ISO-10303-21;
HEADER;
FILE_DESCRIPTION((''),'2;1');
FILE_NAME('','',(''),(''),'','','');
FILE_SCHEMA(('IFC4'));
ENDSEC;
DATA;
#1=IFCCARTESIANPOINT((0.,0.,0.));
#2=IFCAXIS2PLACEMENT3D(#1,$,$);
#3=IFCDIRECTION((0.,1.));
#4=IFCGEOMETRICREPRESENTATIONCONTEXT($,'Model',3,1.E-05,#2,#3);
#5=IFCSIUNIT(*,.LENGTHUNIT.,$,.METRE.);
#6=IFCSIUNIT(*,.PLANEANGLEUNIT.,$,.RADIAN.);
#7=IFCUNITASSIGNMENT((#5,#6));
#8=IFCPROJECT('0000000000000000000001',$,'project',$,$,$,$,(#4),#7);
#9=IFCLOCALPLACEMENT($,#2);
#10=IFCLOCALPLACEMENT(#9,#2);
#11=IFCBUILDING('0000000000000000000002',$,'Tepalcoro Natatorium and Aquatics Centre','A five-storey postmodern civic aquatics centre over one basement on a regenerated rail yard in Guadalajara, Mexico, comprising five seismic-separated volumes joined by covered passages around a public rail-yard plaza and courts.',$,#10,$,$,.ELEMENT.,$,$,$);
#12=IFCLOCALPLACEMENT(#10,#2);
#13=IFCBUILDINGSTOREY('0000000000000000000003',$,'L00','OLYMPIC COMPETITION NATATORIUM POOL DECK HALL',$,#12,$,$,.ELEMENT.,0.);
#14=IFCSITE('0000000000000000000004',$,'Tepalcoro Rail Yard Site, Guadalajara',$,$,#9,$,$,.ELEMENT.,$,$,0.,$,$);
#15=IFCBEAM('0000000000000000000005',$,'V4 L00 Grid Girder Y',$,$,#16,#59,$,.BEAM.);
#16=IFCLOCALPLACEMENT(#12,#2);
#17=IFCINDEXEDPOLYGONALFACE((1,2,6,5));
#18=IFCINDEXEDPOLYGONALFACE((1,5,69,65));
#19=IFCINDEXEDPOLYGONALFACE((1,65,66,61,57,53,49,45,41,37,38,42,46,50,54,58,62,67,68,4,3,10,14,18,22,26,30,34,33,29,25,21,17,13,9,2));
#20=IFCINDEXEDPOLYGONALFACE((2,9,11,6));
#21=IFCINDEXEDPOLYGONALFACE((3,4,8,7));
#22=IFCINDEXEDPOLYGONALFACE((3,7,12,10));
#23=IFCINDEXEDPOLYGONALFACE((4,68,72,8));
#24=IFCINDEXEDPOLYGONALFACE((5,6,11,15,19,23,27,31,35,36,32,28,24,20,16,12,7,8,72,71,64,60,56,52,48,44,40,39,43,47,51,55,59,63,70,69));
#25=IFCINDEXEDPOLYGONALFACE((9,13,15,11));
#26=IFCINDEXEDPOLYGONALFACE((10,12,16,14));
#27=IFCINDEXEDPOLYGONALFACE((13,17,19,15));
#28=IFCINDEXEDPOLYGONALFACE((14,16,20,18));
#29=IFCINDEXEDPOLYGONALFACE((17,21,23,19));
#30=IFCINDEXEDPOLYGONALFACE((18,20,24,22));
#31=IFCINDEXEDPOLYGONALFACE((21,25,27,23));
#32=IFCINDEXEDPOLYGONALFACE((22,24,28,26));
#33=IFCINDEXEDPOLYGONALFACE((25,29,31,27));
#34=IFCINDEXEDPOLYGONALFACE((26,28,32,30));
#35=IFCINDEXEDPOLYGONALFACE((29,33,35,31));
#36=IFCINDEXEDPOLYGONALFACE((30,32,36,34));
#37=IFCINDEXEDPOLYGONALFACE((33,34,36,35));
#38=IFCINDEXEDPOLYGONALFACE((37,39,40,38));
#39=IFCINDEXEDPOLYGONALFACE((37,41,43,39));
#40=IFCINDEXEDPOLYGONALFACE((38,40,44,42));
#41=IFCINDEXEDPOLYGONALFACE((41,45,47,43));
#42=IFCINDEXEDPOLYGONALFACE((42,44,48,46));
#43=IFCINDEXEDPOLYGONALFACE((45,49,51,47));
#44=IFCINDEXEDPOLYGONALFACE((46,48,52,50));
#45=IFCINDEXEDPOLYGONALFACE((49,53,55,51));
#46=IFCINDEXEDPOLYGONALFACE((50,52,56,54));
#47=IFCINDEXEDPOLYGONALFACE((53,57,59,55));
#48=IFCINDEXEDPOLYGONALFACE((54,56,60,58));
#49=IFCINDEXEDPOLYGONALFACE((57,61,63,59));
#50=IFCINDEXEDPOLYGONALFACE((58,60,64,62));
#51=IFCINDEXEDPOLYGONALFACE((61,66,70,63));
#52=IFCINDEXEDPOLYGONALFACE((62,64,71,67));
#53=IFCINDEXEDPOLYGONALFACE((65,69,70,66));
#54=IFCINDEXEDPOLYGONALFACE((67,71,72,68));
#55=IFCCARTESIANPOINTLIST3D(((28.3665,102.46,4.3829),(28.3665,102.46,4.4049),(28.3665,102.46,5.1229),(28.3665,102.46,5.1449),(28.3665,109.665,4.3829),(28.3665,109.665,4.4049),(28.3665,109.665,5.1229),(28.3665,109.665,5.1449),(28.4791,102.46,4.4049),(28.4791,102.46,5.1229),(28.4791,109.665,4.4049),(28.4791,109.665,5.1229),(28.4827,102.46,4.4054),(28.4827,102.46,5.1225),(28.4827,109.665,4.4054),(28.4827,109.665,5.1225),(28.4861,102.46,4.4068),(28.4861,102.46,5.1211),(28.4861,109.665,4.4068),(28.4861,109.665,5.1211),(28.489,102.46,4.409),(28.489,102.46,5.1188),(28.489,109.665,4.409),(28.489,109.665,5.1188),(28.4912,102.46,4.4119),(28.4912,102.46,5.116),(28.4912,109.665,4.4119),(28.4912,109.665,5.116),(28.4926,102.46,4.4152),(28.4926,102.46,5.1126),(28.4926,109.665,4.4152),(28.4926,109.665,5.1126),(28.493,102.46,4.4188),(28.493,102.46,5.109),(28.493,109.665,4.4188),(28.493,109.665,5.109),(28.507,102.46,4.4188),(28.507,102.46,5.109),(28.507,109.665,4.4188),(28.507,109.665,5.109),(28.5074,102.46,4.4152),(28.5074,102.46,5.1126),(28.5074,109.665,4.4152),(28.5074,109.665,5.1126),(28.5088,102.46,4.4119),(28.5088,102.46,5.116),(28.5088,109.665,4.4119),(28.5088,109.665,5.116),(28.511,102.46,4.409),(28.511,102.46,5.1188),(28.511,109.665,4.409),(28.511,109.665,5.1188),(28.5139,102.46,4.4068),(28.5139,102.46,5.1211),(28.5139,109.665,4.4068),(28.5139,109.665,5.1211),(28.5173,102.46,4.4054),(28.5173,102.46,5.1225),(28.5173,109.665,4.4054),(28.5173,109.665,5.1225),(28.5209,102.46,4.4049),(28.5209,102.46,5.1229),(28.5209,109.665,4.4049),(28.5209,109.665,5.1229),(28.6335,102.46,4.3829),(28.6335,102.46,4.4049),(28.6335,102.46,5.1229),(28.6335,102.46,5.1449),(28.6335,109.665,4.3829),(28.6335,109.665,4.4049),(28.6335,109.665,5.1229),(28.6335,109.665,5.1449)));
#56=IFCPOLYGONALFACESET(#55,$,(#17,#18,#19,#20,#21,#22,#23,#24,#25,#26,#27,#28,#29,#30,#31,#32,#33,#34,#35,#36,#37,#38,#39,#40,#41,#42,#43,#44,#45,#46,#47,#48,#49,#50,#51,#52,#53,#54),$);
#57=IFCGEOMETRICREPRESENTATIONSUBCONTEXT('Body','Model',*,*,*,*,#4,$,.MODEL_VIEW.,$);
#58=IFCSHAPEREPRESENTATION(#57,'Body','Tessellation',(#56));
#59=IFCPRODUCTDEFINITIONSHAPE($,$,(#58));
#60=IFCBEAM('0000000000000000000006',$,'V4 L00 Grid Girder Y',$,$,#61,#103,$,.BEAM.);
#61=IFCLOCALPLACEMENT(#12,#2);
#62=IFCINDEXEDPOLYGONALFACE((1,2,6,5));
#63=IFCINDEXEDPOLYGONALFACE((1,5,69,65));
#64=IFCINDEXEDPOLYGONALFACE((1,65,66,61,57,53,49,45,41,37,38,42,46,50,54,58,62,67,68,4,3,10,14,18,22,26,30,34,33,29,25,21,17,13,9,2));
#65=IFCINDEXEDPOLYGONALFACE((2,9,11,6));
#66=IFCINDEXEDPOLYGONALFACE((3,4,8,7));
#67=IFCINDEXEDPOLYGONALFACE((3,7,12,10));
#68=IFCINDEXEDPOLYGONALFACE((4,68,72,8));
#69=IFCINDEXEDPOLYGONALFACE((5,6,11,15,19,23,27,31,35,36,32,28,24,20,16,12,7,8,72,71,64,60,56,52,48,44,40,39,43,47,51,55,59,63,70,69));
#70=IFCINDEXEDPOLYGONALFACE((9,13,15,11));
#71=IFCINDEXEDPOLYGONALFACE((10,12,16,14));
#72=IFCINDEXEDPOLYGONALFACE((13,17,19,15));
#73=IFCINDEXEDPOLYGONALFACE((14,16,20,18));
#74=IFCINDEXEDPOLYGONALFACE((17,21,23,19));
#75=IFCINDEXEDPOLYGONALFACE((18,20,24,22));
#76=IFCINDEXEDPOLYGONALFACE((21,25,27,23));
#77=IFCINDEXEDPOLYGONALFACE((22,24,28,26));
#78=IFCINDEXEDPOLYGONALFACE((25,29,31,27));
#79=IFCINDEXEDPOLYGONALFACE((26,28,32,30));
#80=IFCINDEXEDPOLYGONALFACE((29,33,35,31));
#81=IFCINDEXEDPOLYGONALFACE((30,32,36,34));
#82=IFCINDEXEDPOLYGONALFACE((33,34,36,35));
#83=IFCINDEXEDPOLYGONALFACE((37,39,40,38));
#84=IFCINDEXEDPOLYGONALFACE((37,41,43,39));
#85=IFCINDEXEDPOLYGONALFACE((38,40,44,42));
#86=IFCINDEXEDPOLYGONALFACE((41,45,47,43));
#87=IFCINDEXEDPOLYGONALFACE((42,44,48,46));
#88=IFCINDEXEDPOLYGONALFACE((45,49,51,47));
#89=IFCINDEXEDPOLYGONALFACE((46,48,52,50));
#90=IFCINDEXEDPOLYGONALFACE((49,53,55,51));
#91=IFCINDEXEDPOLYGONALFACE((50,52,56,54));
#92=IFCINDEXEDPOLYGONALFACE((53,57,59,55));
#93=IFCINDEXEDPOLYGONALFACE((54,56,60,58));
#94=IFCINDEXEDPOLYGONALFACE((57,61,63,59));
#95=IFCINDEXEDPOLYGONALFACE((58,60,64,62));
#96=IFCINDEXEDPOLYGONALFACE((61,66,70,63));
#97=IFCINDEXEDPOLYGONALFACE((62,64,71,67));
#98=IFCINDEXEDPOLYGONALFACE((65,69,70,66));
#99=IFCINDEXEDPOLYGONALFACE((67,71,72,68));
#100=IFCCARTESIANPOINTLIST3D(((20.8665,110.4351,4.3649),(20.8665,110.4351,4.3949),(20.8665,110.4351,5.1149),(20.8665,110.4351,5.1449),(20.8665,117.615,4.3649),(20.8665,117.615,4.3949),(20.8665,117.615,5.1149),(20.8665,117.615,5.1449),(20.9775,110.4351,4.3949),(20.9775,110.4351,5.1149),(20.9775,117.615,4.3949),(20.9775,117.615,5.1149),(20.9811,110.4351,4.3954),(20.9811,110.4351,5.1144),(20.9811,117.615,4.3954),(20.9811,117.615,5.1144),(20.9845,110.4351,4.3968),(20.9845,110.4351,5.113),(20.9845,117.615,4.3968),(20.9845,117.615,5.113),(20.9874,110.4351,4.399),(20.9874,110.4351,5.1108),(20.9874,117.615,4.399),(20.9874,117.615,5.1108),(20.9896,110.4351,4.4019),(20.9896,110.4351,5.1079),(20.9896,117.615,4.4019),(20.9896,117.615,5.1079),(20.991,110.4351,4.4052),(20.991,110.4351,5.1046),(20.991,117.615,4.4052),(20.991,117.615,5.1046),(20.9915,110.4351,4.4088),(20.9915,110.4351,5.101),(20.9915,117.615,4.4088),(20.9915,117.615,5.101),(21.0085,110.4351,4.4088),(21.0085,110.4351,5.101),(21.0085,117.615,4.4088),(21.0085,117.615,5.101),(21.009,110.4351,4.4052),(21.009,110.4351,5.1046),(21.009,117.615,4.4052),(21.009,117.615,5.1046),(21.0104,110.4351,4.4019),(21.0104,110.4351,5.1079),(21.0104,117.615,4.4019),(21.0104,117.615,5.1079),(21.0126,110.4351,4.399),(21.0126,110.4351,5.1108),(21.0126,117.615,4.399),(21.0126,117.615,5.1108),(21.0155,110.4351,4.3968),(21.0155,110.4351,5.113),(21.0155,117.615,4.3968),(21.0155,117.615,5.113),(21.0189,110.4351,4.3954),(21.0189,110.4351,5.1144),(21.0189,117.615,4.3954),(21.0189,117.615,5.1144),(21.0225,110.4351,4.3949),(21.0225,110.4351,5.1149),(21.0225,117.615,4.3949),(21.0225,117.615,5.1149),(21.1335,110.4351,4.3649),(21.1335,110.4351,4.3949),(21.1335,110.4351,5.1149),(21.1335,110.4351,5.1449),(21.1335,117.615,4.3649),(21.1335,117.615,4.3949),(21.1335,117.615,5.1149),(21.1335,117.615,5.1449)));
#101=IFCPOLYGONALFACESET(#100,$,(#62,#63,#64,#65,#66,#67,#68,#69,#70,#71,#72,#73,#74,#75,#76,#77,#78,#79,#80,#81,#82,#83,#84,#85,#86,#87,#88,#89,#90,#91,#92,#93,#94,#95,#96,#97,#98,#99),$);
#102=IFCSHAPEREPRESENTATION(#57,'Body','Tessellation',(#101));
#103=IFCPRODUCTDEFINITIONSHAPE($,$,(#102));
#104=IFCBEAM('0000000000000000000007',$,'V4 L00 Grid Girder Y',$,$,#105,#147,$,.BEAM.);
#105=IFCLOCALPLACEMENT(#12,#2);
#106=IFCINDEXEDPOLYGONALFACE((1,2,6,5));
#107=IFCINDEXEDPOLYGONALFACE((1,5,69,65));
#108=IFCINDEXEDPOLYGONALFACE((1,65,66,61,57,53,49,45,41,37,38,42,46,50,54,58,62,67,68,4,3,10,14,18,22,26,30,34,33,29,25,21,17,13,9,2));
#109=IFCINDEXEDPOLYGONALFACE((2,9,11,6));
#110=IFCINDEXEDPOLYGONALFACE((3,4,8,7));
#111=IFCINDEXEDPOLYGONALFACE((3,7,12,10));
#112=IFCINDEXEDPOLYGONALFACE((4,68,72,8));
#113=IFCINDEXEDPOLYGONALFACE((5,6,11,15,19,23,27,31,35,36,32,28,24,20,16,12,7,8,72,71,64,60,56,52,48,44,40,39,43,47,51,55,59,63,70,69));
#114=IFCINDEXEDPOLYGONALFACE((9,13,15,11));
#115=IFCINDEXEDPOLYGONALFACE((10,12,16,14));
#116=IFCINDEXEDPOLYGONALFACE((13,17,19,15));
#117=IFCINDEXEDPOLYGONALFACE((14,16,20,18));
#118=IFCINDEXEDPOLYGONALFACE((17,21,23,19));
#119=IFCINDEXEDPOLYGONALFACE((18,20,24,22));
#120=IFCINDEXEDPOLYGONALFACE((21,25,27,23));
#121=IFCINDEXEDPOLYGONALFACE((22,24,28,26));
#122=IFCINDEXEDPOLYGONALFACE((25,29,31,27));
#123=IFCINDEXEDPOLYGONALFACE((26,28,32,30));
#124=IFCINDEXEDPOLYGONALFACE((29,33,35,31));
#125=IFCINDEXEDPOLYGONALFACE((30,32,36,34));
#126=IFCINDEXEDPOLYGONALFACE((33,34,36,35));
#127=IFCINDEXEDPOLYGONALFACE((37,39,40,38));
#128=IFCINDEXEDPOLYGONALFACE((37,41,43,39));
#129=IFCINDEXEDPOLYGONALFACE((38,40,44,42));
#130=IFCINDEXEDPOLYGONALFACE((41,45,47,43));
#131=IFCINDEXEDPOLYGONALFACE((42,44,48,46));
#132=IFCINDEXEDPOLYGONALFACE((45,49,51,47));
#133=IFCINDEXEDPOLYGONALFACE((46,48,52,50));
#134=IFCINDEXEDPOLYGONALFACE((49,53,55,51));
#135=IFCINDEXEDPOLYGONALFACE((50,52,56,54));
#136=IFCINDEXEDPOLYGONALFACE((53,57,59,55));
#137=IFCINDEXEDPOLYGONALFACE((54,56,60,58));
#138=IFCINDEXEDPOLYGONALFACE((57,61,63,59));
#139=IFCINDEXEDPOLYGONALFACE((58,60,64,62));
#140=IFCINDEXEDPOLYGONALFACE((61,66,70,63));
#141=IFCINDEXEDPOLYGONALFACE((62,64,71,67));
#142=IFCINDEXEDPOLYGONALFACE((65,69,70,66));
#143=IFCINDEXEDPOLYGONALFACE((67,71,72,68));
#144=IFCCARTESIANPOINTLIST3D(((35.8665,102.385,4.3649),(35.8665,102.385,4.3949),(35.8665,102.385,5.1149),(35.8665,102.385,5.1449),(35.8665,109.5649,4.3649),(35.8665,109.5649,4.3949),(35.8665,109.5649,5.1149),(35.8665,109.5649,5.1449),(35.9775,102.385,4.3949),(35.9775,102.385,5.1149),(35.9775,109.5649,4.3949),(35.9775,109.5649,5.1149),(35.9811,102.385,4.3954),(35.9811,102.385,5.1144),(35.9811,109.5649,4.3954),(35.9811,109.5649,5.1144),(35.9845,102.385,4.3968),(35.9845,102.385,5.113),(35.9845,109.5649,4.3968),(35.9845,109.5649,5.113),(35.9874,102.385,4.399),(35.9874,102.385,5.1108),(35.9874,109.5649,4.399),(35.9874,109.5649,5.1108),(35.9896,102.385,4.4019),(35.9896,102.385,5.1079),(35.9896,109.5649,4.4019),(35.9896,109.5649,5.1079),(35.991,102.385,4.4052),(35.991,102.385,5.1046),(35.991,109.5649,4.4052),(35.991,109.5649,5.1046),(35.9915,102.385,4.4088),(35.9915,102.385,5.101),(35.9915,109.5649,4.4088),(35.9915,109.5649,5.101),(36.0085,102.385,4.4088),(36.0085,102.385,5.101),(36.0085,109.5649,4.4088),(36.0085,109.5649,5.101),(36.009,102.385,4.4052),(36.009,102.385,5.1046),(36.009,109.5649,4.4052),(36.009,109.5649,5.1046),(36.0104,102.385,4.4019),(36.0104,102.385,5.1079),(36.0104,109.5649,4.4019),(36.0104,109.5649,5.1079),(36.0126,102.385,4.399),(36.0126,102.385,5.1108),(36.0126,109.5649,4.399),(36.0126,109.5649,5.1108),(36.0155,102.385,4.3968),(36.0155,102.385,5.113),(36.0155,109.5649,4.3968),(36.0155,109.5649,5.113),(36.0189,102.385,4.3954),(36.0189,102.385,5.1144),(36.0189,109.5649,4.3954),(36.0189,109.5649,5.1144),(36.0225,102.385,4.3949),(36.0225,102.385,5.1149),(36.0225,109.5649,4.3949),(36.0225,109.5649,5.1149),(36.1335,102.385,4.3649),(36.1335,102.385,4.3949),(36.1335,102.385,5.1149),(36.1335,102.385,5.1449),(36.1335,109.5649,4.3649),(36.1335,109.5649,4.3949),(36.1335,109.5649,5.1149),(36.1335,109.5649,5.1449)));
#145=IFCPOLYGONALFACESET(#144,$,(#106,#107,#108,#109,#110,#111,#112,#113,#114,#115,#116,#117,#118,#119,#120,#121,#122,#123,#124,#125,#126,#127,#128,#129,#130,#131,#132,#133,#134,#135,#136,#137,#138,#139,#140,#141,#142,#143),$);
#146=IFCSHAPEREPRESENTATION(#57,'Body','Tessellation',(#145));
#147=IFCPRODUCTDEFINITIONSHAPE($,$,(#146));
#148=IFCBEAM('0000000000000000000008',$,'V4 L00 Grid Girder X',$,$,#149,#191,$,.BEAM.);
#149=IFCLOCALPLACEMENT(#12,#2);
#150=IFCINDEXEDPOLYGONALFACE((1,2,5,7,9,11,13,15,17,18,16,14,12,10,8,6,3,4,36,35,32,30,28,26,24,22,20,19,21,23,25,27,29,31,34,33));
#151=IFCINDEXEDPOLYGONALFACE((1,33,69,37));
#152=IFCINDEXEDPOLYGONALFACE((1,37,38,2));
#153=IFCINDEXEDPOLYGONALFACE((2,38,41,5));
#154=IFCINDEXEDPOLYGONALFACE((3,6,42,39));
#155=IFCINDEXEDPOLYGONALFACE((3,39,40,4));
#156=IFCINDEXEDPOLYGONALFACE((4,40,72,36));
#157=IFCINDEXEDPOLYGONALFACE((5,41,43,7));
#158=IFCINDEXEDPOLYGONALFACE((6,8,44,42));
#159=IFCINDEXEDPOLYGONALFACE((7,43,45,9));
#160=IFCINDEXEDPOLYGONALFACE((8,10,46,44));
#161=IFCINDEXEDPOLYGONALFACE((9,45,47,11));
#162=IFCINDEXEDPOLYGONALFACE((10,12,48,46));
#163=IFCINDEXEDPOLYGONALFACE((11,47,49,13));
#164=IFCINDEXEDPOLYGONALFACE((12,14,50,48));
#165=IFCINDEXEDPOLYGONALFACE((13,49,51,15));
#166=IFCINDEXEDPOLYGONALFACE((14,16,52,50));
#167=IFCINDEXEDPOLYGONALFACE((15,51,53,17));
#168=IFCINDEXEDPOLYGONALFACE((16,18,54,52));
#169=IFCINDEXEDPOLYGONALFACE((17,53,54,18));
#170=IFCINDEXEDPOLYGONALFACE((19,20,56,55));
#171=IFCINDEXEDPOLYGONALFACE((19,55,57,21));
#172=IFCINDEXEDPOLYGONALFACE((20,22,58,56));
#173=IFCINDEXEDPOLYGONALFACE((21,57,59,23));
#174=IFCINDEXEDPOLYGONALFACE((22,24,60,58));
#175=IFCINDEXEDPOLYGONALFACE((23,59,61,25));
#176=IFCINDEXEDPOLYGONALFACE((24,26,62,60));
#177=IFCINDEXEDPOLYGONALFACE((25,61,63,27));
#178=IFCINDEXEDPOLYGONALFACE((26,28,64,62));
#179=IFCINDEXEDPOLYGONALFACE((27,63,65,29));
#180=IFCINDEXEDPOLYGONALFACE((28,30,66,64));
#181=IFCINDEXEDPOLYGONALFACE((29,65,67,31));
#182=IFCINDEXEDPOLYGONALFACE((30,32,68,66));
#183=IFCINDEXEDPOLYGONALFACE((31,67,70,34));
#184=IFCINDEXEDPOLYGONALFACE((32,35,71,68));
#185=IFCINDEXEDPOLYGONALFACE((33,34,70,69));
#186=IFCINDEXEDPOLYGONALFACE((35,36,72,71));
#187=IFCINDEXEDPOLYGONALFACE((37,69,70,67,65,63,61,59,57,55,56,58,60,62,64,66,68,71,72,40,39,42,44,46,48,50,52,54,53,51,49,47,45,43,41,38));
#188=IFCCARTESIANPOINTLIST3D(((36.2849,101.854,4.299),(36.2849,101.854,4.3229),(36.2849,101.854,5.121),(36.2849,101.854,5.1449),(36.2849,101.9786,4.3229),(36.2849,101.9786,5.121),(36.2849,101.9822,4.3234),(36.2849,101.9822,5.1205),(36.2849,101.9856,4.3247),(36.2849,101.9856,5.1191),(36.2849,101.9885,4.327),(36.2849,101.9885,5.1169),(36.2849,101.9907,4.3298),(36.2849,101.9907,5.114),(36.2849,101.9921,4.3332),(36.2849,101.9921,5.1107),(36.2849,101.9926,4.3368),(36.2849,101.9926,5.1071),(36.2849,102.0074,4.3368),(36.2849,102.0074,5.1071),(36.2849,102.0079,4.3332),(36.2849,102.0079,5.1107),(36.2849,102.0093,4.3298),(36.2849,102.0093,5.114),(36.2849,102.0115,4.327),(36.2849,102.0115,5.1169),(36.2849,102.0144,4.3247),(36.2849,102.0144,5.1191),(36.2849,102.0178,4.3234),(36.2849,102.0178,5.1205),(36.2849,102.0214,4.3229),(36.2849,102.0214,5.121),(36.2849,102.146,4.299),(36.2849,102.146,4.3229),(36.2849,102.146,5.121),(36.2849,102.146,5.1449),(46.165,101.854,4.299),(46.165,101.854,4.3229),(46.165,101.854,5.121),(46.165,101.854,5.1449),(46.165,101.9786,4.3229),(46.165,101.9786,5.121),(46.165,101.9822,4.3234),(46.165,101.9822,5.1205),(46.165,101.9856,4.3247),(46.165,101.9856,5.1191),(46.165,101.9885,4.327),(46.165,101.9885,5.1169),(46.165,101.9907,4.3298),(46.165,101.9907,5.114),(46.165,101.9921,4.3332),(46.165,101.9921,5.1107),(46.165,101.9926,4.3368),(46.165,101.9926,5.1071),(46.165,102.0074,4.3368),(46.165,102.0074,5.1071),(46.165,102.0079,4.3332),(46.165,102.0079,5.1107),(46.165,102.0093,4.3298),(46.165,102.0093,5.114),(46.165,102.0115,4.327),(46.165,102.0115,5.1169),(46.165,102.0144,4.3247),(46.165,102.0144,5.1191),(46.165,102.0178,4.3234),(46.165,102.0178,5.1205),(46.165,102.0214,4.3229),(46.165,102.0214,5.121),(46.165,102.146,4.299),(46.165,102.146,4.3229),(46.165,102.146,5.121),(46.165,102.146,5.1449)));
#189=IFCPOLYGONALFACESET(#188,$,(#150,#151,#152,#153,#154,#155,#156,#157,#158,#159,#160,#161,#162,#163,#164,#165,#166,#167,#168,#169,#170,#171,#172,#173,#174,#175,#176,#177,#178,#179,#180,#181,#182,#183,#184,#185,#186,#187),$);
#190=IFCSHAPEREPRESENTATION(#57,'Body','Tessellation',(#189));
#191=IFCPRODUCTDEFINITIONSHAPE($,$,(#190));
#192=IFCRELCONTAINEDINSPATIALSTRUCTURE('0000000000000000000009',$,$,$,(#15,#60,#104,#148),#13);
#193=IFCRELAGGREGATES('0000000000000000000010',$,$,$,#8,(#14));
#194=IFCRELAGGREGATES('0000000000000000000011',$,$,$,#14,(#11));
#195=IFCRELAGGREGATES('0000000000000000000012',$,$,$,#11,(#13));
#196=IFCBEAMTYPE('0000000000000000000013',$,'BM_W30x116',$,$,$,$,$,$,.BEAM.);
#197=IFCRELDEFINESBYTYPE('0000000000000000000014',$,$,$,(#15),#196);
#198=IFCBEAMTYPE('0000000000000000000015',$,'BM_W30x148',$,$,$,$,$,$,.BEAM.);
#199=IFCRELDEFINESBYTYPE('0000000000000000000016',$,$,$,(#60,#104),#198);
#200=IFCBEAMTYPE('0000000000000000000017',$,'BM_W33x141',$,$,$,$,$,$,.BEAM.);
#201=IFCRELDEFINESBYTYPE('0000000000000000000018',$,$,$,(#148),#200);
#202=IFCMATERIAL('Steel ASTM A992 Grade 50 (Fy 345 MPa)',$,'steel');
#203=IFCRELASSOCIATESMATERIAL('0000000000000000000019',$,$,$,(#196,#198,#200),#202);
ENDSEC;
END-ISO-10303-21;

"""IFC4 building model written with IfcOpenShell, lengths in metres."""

from ifc_helpers import new_model, si_unit, direction, frame, origin, origin_2d, place, context, subcontext, project, spatial, i_section, extrude, material, material_profile, profile_set, type_object, element, save


model = new_model("IFC4")

# Units and contexts
model_context = context("Model", 3, precision=1e-05, world=origin(), true_north=direction((0.0, 1.0)))
body_context = subcontext(model_context, "Body", "Model", "MODEL_VIEW")
ifc_project = project(units=[si_unit("LENGTHUNIT", "METRE"), si_unit("PLANEANGLEUNIT", "RADIAN")], contexts=[model_context])

# Site, building, storey
site_placement = place(None, origin())
site = spatial("IfcSite", under=ifc_project, at=site_placement, Name="Tepalcoro Rail Yard Site, Guadalajara", CompositionType="ELEMENT", RefElevation=0.0)
building_placement = place(site_placement, origin())
building = spatial("IfcBuilding", under=site, at=building_placement, Name="Tepalcoro Natatorium and Aquatics Centre", Description="A five-storey postmodern civic aquatics centre over one basement on a regenerated rail yard in Guadalajara, Mexico, comprising five seismic-separated volumes joined by covered passages around a public rail-yard plaza and courts.", CompositionType="ELEMENT")
storey_placement = place(building_placement, origin())
storey = spatial("IfcBuildingStorey", under=building, at=storey_placement, Name="L00", Description="OLYMPIC COMPETITION NATATORIUM POOL DECK HALL", CompositionType="ELEMENT", Elevation=0.0)

# Beams
ifc_material_1 = material(Name="Steel ASTM A992 Grade 50 (Fy 345 MPa)", Category="steel")
ifc_material_profile_1 = material_profile(ifc_material_1, i_section(OverallWidth=0.2671, OverallDepth=0.762, WebThickness=0.0139, FlangeThickness=0.022, FilletRadius=0.0139, at=origin_2d()), Name="W30X116")
ifc_profile_set_1 = profile_set([ifc_material_profile_1], Name="Steel ASTM A992 Grade 50 (Fy 345 MPa)")
beam_type_1 = type_object("IfcBeamType", Name="BM_W30x116", PredefinedType="BEAM", material=ifc_profile_set_1)
beam_1_placement = place(storey_placement, frame((28.5, 102.46, 4.7639), z_axis=(0.0, 1.0, 0.0), x_axis=(-1.0, 0.0, 0.0)))
element("IfcBeam", 1, at=beam_1_placement, inside=storey, type_object=beam_type_1, Name="V4 L00 Grid Girder Y", PredefinedType="BEAM", context=body_context, shape_type="SweptSolid", body=[
    extrude(i_section(OverallWidth=0.2671, OverallDepth=0.762, WebThickness=0.0139, FlangeThickness=0.022, FilletRadius=0.0139, at=origin_2d()), origin(), (0.0, 0.0, 1.0), 7.2051),
])
ifc_material_profile_2 = material_profile(ifc_material_1, i_section(OverallWidth=0.2671, OverallDepth=0.78, WebThickness=0.0171, FlangeThickness=0.03, FilletRadius=0.0139, at=origin_2d()), Name="W30X148")
ifc_profile_set_2 = profile_set([ifc_material_profile_2], Name="Steel ASTM A992 Grade 50 (Fy 345 MPa)")
beam_type_2 = type_object("IfcBeamType", Name="BM_W30x148", PredefinedType="BEAM", material=ifc_profile_set_2)
for number, where, z_axis, x_axis, name in (
    (2, (21.0, 110.4351, 4.7549), (0.0, 1.0, 0.0), (-1.0, 0.0, 0.0), "V4 L00 Grid Girder Y"),
    (3, (36.0, 102.385, 4.7549), (0.0, 1.0, 0.0), (-1.0, 0.0, 0.0), "V4 L00 Grid Girder Y"),
):
    element("IfcBeam", number, at=place(storey_placement, frame(where, z_axis=z_axis, x_axis=x_axis)), inside=storey, type_object=beam_type_2, Name=name, PredefinedType="BEAM", context=body_context, shape_type="SweptSolid", body=[
        extrude(i_section(OverallWidth=0.2671, OverallDepth=0.78, WebThickness=0.0171, FlangeThickness=0.03, FilletRadius=0.0139, at=origin_2d()), origin(), (0.0, 0.0, 1.0), 7.1799),
    ])
ifc_material_profile_3 = material_profile(ifc_material_1, i_section(OverallWidth=0.292, OverallDepth=0.8459, WebThickness=0.0149, FlangeThickness=0.0239, FilletRadius=0.0139, at=origin_2d()), Name="W33X141")
ifc_profile_set_3 = profile_set([ifc_material_profile_3], Name="Steel ASTM A992 Grade 50 (Fy 345 MPa)")
beam_type_3 = type_object("IfcBeamType", Name="BM_W33x141", PredefinedType="BEAM", material=ifc_profile_set_3)
beam_2_placement = place(storey_placement, frame((36.2849, 102.0, 4.7219), z_axis=(1.0, 0.0, 0.0), x_axis=(0.0, 1.0, 0.0)))
element("IfcBeam", 4, at=beam_2_placement, inside=storey, type_object=beam_type_3, Name="V4 L00 Grid Girder X", PredefinedType="BEAM", context=body_context, shape_type="SweptSolid", body=[
    extrude(i_section(OverallWidth=0.292, OverallDepth=0.8459, WebThickness=0.0149, FlangeThickness=0.0239, FilletRadius=0.0139, at=origin_2d()), origin(), (0.0, 0.0, 1.0), 9.8801),
])

save(model, "model.ifc")
